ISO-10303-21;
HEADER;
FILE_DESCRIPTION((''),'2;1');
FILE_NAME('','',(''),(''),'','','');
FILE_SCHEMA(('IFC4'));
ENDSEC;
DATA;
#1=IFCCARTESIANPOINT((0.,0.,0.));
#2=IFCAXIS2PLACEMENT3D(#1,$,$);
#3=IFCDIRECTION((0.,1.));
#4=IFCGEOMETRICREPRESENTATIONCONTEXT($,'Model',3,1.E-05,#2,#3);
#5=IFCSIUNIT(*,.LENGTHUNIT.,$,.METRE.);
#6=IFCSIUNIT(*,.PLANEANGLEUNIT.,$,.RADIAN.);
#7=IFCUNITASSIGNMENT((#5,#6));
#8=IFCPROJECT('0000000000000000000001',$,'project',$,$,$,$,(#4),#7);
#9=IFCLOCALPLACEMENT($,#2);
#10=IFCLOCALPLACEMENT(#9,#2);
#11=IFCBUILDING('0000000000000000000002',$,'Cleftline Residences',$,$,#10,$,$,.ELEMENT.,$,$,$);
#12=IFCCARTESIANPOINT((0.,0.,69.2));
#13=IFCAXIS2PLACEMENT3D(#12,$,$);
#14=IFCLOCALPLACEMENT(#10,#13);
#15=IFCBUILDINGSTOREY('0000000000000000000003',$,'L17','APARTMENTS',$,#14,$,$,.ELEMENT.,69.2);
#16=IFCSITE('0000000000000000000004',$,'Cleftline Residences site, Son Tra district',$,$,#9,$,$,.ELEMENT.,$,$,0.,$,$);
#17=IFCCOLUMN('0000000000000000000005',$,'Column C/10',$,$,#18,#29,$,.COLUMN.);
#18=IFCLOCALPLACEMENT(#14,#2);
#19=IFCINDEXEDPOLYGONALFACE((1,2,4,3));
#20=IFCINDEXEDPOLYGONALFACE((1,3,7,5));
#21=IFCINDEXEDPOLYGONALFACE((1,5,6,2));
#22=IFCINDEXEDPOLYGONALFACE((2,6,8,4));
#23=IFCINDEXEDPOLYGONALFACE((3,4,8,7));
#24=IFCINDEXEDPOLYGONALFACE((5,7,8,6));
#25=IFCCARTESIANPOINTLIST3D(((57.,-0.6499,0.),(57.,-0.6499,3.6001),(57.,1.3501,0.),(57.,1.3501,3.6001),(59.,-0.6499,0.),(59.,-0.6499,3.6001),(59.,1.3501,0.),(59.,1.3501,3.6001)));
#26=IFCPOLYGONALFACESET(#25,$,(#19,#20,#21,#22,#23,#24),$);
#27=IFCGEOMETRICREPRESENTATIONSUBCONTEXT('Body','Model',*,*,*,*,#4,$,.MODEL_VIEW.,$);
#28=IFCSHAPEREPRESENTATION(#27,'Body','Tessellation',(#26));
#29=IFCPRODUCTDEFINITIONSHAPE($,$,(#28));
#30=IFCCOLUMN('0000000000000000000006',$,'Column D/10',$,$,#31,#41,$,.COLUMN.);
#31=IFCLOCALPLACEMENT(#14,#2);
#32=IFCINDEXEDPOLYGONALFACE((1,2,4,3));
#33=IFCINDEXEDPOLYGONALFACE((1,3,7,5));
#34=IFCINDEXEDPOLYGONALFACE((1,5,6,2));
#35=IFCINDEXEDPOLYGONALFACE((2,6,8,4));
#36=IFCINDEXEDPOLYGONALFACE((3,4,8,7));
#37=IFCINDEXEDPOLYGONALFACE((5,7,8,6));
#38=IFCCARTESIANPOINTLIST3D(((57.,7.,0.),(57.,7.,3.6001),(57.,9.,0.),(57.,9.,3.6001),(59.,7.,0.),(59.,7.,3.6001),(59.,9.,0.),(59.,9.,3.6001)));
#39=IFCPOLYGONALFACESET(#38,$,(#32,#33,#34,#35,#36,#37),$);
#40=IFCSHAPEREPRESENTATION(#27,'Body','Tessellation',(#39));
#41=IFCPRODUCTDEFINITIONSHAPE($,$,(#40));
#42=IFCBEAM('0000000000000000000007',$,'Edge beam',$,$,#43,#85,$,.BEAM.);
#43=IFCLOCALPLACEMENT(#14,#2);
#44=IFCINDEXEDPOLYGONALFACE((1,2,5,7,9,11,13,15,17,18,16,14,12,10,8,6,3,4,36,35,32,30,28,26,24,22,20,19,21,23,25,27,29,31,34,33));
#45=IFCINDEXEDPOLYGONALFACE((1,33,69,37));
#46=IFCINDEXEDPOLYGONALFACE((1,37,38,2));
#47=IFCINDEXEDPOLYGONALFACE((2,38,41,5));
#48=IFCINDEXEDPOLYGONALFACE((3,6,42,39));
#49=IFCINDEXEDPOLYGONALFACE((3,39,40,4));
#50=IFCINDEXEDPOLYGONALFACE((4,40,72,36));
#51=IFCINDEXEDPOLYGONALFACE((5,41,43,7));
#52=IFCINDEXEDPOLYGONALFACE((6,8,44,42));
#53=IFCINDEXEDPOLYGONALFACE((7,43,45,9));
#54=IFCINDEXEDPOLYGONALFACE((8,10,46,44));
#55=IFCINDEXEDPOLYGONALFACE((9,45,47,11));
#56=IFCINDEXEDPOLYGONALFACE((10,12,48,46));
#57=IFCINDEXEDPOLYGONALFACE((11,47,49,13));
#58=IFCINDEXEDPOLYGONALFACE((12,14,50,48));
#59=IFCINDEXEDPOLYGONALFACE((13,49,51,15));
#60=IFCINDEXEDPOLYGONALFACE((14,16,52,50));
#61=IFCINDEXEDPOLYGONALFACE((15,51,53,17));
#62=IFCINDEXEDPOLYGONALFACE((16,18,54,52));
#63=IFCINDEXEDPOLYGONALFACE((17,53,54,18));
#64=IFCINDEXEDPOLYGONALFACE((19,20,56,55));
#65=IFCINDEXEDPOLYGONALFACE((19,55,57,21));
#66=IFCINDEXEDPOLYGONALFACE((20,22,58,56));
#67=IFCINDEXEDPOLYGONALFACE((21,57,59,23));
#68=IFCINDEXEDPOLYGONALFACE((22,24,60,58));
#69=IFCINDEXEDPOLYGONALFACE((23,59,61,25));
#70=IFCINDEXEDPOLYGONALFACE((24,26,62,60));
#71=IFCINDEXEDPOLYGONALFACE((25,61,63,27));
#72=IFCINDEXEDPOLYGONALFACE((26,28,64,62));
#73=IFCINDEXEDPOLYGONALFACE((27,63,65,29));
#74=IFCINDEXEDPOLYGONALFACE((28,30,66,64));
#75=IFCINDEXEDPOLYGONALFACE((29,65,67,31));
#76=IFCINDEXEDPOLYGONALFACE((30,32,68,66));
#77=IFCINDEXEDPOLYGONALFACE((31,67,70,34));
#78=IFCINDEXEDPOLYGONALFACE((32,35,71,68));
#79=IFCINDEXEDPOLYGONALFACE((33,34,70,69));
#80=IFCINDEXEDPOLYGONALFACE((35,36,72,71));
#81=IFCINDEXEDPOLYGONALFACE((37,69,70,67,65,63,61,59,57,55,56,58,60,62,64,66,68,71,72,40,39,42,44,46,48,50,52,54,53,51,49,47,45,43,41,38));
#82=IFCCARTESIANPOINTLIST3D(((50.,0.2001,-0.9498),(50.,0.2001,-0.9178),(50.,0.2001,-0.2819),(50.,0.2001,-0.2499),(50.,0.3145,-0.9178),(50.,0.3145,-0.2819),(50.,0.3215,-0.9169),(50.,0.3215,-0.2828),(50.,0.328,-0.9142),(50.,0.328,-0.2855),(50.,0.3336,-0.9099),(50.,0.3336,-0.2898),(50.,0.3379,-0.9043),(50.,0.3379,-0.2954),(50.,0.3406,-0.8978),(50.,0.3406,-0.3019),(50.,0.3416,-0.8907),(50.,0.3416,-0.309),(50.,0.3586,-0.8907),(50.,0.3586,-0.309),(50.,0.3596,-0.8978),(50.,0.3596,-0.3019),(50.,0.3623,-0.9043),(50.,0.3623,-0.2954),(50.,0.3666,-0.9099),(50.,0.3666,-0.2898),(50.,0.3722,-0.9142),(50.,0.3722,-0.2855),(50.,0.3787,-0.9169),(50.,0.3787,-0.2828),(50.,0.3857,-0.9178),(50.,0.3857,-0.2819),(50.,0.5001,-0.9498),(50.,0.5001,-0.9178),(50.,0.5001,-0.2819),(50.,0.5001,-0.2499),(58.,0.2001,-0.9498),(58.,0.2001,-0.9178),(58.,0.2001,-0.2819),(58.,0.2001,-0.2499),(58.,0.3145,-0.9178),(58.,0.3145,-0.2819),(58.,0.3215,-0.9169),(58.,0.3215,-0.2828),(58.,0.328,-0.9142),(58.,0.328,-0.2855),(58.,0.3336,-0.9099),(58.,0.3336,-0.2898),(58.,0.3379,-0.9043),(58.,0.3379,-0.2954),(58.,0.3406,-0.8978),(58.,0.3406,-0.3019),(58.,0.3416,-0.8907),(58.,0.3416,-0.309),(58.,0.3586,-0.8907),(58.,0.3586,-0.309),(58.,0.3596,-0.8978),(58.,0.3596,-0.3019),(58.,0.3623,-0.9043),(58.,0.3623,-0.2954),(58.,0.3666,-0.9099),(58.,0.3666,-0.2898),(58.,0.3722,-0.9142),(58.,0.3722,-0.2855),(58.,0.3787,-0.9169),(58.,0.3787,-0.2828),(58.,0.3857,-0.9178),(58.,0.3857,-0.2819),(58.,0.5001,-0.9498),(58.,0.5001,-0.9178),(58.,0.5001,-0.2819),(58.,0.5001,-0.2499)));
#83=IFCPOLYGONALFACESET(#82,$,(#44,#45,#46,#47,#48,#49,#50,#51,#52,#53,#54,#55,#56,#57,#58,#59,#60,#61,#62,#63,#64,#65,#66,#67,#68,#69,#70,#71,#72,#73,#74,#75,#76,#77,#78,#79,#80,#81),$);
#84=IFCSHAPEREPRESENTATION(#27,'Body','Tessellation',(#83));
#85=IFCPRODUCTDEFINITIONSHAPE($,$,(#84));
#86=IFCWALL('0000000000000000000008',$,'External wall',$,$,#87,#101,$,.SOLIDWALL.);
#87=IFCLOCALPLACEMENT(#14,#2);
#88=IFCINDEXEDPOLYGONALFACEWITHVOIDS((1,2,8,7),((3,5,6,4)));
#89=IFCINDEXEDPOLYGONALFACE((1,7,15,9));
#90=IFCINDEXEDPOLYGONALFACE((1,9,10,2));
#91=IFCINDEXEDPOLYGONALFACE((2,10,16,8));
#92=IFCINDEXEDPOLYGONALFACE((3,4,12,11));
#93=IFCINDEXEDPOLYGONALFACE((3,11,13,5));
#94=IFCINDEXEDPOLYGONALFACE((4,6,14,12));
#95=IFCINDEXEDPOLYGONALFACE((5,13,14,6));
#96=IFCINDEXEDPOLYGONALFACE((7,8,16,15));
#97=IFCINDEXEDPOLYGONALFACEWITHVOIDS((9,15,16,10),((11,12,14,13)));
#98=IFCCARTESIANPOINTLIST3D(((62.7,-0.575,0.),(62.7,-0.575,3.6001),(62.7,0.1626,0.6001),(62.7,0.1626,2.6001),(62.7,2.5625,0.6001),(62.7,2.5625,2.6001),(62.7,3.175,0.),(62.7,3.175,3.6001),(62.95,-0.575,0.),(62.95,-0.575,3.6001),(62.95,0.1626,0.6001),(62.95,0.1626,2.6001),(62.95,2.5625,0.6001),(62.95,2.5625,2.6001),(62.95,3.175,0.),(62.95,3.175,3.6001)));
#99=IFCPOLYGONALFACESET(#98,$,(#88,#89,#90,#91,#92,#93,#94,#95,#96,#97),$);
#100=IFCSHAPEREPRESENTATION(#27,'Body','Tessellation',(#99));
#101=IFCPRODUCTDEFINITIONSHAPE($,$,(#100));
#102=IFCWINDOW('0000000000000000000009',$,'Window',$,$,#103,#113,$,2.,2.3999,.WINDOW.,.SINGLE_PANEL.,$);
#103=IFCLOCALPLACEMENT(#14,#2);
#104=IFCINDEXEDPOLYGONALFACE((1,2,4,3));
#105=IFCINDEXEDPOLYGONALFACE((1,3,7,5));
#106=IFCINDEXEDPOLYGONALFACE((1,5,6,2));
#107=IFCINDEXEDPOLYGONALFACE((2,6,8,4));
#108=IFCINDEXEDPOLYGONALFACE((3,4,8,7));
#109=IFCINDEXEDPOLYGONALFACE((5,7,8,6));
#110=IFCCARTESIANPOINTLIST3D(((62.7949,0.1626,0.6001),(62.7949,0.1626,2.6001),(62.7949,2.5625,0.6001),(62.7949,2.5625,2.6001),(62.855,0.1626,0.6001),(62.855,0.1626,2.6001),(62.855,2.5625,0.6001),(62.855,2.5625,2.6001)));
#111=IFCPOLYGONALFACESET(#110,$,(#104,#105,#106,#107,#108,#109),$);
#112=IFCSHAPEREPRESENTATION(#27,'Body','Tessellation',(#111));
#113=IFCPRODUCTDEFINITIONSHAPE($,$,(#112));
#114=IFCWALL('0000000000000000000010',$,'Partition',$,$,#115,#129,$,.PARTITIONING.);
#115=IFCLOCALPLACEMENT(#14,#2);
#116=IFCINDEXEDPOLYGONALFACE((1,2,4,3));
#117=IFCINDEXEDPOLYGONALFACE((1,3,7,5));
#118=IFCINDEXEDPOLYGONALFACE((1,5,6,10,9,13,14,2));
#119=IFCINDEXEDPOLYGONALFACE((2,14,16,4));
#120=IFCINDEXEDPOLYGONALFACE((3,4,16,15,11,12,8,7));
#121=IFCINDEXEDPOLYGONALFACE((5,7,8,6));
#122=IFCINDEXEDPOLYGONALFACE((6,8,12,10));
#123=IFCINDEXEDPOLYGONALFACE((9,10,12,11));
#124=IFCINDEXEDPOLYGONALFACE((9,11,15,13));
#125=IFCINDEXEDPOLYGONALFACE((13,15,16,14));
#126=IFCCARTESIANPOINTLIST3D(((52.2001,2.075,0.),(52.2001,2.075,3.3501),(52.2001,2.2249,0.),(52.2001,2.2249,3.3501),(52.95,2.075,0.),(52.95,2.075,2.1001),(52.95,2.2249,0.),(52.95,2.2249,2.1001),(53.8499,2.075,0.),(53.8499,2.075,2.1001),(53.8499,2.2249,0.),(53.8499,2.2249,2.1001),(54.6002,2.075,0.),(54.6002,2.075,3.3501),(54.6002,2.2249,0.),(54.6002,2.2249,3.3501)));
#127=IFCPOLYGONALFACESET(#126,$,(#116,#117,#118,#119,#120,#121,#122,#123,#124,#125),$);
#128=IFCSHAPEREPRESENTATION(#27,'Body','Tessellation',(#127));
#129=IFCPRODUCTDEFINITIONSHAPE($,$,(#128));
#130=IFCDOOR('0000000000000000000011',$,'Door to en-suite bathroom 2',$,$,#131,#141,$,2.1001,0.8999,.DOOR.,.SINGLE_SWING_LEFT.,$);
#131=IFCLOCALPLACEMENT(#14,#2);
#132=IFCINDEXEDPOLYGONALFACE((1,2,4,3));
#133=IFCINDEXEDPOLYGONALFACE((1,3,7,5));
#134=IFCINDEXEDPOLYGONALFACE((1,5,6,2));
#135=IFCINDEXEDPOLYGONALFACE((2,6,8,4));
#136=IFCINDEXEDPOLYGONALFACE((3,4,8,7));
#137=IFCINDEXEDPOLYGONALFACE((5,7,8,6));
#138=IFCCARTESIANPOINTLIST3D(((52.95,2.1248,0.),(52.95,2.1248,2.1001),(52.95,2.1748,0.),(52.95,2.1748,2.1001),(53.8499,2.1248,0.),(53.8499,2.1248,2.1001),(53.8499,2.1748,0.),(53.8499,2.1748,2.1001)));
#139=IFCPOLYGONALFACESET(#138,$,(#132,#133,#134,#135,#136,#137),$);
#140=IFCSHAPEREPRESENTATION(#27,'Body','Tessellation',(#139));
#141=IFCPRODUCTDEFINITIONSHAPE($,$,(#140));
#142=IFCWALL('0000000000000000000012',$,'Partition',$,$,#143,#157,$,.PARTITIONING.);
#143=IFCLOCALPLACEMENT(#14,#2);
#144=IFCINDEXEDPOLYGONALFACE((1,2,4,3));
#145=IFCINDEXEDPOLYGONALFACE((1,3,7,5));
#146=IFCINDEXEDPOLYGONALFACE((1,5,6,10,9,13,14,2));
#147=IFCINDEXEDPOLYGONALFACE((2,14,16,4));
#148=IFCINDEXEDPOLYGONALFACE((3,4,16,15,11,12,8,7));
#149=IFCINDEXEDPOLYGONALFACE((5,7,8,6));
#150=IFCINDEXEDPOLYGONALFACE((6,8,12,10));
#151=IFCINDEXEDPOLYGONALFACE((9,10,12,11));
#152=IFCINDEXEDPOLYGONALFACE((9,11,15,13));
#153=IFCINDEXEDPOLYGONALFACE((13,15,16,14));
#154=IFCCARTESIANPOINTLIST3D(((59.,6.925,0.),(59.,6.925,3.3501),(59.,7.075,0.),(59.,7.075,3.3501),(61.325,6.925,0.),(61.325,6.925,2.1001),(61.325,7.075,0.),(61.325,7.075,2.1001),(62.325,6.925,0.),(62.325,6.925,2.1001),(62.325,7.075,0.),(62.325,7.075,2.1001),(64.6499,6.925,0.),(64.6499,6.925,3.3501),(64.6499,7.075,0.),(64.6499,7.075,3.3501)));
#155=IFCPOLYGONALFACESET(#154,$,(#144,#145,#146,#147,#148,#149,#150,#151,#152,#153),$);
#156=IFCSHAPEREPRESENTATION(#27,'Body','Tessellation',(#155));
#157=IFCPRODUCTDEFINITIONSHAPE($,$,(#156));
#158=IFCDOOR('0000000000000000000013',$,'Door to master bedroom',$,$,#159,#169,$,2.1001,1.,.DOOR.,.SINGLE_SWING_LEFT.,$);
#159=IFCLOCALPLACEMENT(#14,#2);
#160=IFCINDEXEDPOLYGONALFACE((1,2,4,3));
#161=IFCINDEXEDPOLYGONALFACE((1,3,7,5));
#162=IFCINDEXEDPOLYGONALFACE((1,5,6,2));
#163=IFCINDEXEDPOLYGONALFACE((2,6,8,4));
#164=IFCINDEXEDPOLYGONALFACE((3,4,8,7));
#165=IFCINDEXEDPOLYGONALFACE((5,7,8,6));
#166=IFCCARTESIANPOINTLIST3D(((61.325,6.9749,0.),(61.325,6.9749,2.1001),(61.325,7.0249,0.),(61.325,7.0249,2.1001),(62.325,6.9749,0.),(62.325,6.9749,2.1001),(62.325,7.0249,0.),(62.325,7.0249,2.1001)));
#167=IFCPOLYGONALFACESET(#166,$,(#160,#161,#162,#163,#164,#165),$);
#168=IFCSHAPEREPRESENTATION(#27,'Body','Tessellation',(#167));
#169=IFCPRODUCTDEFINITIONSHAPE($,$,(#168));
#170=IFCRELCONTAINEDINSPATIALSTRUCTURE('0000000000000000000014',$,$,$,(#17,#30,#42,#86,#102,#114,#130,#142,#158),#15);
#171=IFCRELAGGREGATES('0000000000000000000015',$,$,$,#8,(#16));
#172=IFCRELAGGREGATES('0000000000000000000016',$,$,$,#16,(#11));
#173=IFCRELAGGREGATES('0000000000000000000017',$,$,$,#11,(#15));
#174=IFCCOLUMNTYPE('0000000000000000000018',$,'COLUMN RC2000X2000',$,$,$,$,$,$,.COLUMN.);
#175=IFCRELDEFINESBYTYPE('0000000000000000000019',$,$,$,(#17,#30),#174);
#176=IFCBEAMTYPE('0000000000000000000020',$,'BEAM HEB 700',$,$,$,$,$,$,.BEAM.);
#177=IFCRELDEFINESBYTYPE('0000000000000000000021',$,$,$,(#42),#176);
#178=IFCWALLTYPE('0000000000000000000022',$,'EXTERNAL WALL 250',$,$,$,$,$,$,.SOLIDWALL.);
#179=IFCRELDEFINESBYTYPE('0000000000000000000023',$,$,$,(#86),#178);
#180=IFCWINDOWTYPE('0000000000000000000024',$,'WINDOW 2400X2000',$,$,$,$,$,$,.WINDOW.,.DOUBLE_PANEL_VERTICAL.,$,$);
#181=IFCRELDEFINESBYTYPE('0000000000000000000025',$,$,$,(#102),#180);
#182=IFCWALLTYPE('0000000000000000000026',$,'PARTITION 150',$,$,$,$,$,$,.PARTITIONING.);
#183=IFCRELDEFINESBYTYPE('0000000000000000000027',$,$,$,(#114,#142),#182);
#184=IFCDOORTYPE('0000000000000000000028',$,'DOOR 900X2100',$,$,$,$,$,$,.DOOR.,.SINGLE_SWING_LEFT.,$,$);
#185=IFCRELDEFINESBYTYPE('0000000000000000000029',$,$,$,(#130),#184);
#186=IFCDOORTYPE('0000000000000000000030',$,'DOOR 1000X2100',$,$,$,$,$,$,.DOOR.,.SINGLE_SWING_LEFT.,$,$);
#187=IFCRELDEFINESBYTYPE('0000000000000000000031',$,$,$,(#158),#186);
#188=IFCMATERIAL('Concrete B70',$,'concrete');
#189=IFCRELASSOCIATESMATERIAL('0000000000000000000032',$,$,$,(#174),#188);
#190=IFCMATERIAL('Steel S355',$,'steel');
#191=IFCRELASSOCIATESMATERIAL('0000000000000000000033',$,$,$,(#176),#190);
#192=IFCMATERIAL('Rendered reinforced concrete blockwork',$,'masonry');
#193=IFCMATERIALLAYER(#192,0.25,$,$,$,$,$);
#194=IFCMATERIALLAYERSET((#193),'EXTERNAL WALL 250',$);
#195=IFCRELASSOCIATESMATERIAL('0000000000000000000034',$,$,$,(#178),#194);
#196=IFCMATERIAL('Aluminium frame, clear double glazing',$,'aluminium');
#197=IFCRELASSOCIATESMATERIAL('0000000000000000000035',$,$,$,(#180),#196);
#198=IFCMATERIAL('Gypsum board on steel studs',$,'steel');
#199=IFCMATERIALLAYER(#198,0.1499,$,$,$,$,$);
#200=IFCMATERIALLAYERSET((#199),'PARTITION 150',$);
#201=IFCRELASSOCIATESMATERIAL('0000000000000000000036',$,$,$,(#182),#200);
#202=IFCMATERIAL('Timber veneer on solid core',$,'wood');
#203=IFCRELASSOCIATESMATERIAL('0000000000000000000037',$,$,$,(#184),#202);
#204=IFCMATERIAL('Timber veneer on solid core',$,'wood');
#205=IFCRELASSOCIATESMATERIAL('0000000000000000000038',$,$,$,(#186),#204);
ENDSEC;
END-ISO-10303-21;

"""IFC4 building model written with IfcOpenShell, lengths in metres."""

from ifc_helpers import new_model, si_unit, direction, frame, frame_2d, origin, origin_2d, place, context, subcontext, project, spatial, rectangle, i_section, extrude, material, layer, layer_set, material_profile, profile_set, type_object, element, fill, save


model = new_model("IFC4")

# Units and contexts
model_context = context("Model", 3, precision=1e-05, world=origin(), true_north=direction((0.0, 1.0)))
body_context = subcontext(model_context, "Body", "Model", "MODEL_VIEW")
ifc_project = project(units=[si_unit("LENGTHUNIT", "METRE"), si_unit("PLANEANGLEUNIT", "RADIAN")], contexts=[model_context])

# Site, building, storey
site_placement = place(None, origin())
site = spatial("IfcSite", under=ifc_project, at=site_placement, Name="Cleftline Residences site, Son Tra district", CompositionType="ELEMENT", RefElevation=0.0)
building_placement = place(site_placement, origin())
building = spatial("IfcBuilding", under=site, at=building_placement, Name="Cleftline Residences", CompositionType="ELEMENT")
storey_placement = place(building_placement, frame((0.0, 0.0, 69.2)))
storey = spatial("IfcBuildingStorey", under=building, at=storey_placement, Name="L17", Description="APARTMENTS", CompositionType="ELEMENT", Elevation=69.2)

# Columns
ifc_material_1 = material(Name="Concrete B70", Category="concrete")
ifc_material_profile_1 = material_profile(ifc_material_1, rectangle(XDim=2.0, YDim=2.0, at=origin_2d()))
ifc_profile_set_1 = profile_set([ifc_material_profile_1], Name="Concrete B70")
column_type = type_object("IfcColumnType", Name="COLUMN RC2000X2000", PredefinedType="COLUMN", material=ifc_profile_set_1)
for number, where, z_axis, x_axis, name in (
    (1, (58.0, 0.3501, 0.0), (0.0, 0.0, 1.0), (1.0, 0.0, 0.0), "Column C/10"),
    (2, (58.0, 8.0, 0.0), (0.0, 0.0, 1.0), (1.0, 0.0, 0.0), "Column D/10"),
):
    element("IfcColumn", number, at=place(storey_placement, frame(where, z_axis=z_axis, x_axis=x_axis)), inside=storey, type_object=column_type, Name=name, PredefinedType="COLUMN", context=body_context, shape_type="SweptSolid", body=[
        extrude(rectangle(XDim=2.0, YDim=2.0, at=origin_2d()), origin(), (0.0, 0.0, 1.0), 3.6001),
    ])

# Beam
ifc_material_2 = material(Name="Steel S355", Category="steel")
ifc_material_profile_2 = material_profile(ifc_material_2, i_section(OverallWidth=0.3, OverallDepth=0.7, WebThickness=0.0171, FlangeThickness=0.032, FilletRadius=0.0271, at=origin_2d()))
ifc_profile_set_2 = profile_set([ifc_material_profile_2], Name="Steel S355")
beam_type = type_object("IfcBeamType", Name="BEAM HEB 700", PredefinedType="BEAM", material=ifc_profile_set_2)
beam_placement = place(storey_placement, frame((58.0, 0.3501, -0.5999), z_axis=(-1.0, 0.0, 0.0), x_axis=(0.0, -1.0, 0.0)))
element("IfcBeam", 3, at=beam_placement, inside=storey, type_object=beam_type, Name="Edge beam", PredefinedType="BEAM", context=body_context, shape_type="SweptSolid", body=[
    extrude(i_section(OverallWidth=0.3, OverallDepth=0.7, WebThickness=0.0171, FlangeThickness=0.032, FilletRadius=0.0271, at=origin_2d()), origin(), (0.0, 0.0, 1.0), 8.0),
])

# Wall, opening, window
ifc_material_3 = material(Name="Rendered reinforced concrete blockwork", Category="masonry")
ifc_layer_1 = layer(ifc_material_3, 0.25)
ifc_layer_set_1 = layer_set([ifc_layer_1], Name="EXTERNAL WALL 250")
wall_type_1 = type_object("IfcWallType", Name="EXTERNAL WALL 250", PredefinedType="SOLIDWALL", material=ifc_layer_set_1)
wall_1_placement = place(storey_placement, frame((62.825, -0.575, 0.0), z_axis=(0.0, 0.0, 1.0), x_axis=(0.0, 1.0, 0.0)))
wall_1 = element("IfcWall", 4, at=wall_1_placement, inside=storey, type_object=wall_type_1, Name="External wall", PredefinedType="SOLIDWALL", context=body_context, shape_type="SweptSolid", body=[
    extrude(rectangle(XDim=3.75, YDim=0.25, at=frame_2d((1.875, 0.0))), origin(), (0.0, 0.0, 1.0), 3.6001),
])
opening_1_placement = place(wall_1_placement, frame((0.7375, 0.0, 0.6001)))
opening_1 = element("IfcOpeningElement", 5, at=opening_1_placement, cuts=wall_1, PredefinedType="OPENING", context=body_context, shape_type="SweptSolid", body=[
    extrude(rectangle(XDim=2.3999, YDim=2.0, at=frame_2d((1.2, 1.0))), frame((0.0, 0.135, 0.0), z_axis=(0.0, -1.0, 0.0), x_axis=(1.0, 0.0, 0.0)), (0.0, 0.0, 1.0), 0.27),
])
ifc_material_4 = material(Name="Aluminium frame, clear double glazing", Category="aluminium")
window_type = type_object("IfcWindowType", Name="WINDOW 2400X2000", PartitioningType="DOUBLE_PANEL_VERTICAL", PredefinedType="WINDOW", material=ifc_material_4)
window_placement = place(opening_1_placement, origin())
window = element("IfcWindow", 6, at=window_placement, inside=storey, type_object=window_type, Name="Window", OverallHeight=2.0, OverallWidth=2.3999, PartitioningType="SINGLE_PANEL", PredefinedType="WINDOW", context=body_context, shape_type="SweptSolid", body=[
    extrude(rectangle(XDim=2.3999, YDim=2.0, at=frame_2d((1.2, 1.0))), frame((0.0, 0.03, 0.0), z_axis=(0.0, -1.0, 0.0), x_axis=(1.0, 0.0, 0.0)), (0.0, 0.0, 1.0), 0.0601),
])
fill(opening_1, window)

# Walls, openings, doors
ifc_material_5 = material(Name="Gypsum board on steel studs", Category="steel")
ifc_layer_2 = layer(ifc_material_5, 0.1499)
ifc_layer_set_2 = layer_set([ifc_layer_2], Name="PARTITION 150")
wall_type_2 = type_object("IfcWallType", Name="PARTITION 150", PredefinedType="PARTITIONING", material=ifc_layer_set_2)
wall_2_placement = place(storey_placement, frame((52.2, 2.1499, 0.0), z_axis=(0.0, 0.0, 1.0), x_axis=(1.0, 0.0, 0.0)))
wall_2 = element("IfcWall", 7, at=wall_2_placement, inside=storey, type_object=wall_type_2, Name="Partition", PredefinedType="PARTITIONING", context=body_context, shape_type="SweptSolid", body=[
    extrude(rectangle(XDim=2.4001, YDim=0.1499, at=frame_2d((1.2002, 0.0))), origin(), (0.0, 0.0, 1.0), 3.3501),
])
opening_2_placement = place(wall_2_placement, frame((0.75, 0.0, 0.0)))
opening_2 = element("IfcOpeningElement", 8, at=opening_2_placement, cuts=wall_2, PredefinedType="OPENING", context=body_context, shape_type="SweptSolid", body=[
    extrude(rectangle(XDim=0.8999, YDim=2.1001, at=frame_2d((0.45, 1.05))), frame((0.0, 0.085, 0.0), z_axis=(0.0, -1.0, 0.0), x_axis=(1.0, 0.0, 0.0)), (0.0, 0.0, 1.0), 0.1699),
])
ifc_material_6 = material(Name="Timber veneer on solid core", Category="wood")
door_type_1 = type_object("IfcDoorType", Name="DOOR 900X2100", OperationType="SINGLE_SWING_LEFT", PredefinedType="DOOR", material=ifc_material_6)
door_1_placement = place(opening_2_placement, origin())
door_1 = element("IfcDoor", 9, at=door_1_placement, inside=storey, type_object=door_type_1, Name="Door to en-suite bathroom 2", OperationType="SINGLE_SWING_LEFT", OverallHeight=2.1001, OverallWidth=0.8999, PredefinedType="DOOR", context=body_context, shape_type="SweptSolid", body=[
    extrude(rectangle(XDim=0.8999, YDim=2.1001, at=frame_2d((0.45, 1.05))), frame((0.0, 0.0249, 0.0), z_axis=(0.0, -1.0, 0.0), x_axis=(1.0, 0.0, 0.0)), (0.0, 0.0, 1.0), 0.05),
])
fill(opening_2, door_1)
wall_3_placement = place(storey_placement, frame((59.0, 7.0, 0.0), z_axis=(0.0, 0.0, 1.0), x_axis=(1.0, 0.0, 0.0)))
wall_3 = element("IfcWall", 10, at=wall_3_placement, inside=storey, type_object=wall_type_2, Name="Partition", PredefinedType="PARTITIONING", context=body_context, shape_type="SweptSolid", body=[
    extrude(rectangle(XDim=5.6499, YDim=0.1499, at=frame_2d((2.825, 0.0))), origin(), (0.0, 0.0, 1.0), 3.3501),
])
opening_3_placement = place(wall_3_placement, frame((2.325, 0.0, 0.0)))
opening_3 = element("IfcOpeningElement", 11, at=opening_3_placement, cuts=wall_3, PredefinedType="OPENING", context=body_context, shape_type="SweptSolid", body=[
    extrude(rectangle(XDim=1.0, YDim=2.1001, at=frame_2d((0.5, 1.05))), frame((0.0, 0.085, 0.0), z_axis=(0.0, -1.0, 0.0), x_axis=(1.0, 0.0, 0.0)), (0.0, 0.0, 1.0), 0.1699),
])
ifc_material_7 = material(Name="Timber veneer on solid core", Category="wood")
door_type_2 = type_object("IfcDoorType", Name="DOOR 1000X2100", OperationType="SINGLE_SWING_LEFT", PredefinedType="DOOR", material=ifc_material_7)
door_2_placement = place(opening_3_placement, origin())
door_2 = element("IfcDoor", 12, at=door_2_placement, inside=storey, type_object=door_type_2, Name="Door to master bedroom", OperationType="SINGLE_SWING_LEFT", OverallHeight=2.1001, OverallWidth=1.0, PredefinedType="DOOR", context=body_context, shape_type="SweptSolid", body=[
    extrude(rectangle(XDim=1.0, YDim=2.1001, at=frame_2d((0.5, 1.05))), frame((0.0, 0.0249, 0.0), z_axis=(0.0, -1.0, 0.0), x_axis=(1.0, 0.0, 0.0)), (0.0, 0.0, 1.0), 0.05),
])
fill(opening_3, door_2)

save(model, "model.ifc")
